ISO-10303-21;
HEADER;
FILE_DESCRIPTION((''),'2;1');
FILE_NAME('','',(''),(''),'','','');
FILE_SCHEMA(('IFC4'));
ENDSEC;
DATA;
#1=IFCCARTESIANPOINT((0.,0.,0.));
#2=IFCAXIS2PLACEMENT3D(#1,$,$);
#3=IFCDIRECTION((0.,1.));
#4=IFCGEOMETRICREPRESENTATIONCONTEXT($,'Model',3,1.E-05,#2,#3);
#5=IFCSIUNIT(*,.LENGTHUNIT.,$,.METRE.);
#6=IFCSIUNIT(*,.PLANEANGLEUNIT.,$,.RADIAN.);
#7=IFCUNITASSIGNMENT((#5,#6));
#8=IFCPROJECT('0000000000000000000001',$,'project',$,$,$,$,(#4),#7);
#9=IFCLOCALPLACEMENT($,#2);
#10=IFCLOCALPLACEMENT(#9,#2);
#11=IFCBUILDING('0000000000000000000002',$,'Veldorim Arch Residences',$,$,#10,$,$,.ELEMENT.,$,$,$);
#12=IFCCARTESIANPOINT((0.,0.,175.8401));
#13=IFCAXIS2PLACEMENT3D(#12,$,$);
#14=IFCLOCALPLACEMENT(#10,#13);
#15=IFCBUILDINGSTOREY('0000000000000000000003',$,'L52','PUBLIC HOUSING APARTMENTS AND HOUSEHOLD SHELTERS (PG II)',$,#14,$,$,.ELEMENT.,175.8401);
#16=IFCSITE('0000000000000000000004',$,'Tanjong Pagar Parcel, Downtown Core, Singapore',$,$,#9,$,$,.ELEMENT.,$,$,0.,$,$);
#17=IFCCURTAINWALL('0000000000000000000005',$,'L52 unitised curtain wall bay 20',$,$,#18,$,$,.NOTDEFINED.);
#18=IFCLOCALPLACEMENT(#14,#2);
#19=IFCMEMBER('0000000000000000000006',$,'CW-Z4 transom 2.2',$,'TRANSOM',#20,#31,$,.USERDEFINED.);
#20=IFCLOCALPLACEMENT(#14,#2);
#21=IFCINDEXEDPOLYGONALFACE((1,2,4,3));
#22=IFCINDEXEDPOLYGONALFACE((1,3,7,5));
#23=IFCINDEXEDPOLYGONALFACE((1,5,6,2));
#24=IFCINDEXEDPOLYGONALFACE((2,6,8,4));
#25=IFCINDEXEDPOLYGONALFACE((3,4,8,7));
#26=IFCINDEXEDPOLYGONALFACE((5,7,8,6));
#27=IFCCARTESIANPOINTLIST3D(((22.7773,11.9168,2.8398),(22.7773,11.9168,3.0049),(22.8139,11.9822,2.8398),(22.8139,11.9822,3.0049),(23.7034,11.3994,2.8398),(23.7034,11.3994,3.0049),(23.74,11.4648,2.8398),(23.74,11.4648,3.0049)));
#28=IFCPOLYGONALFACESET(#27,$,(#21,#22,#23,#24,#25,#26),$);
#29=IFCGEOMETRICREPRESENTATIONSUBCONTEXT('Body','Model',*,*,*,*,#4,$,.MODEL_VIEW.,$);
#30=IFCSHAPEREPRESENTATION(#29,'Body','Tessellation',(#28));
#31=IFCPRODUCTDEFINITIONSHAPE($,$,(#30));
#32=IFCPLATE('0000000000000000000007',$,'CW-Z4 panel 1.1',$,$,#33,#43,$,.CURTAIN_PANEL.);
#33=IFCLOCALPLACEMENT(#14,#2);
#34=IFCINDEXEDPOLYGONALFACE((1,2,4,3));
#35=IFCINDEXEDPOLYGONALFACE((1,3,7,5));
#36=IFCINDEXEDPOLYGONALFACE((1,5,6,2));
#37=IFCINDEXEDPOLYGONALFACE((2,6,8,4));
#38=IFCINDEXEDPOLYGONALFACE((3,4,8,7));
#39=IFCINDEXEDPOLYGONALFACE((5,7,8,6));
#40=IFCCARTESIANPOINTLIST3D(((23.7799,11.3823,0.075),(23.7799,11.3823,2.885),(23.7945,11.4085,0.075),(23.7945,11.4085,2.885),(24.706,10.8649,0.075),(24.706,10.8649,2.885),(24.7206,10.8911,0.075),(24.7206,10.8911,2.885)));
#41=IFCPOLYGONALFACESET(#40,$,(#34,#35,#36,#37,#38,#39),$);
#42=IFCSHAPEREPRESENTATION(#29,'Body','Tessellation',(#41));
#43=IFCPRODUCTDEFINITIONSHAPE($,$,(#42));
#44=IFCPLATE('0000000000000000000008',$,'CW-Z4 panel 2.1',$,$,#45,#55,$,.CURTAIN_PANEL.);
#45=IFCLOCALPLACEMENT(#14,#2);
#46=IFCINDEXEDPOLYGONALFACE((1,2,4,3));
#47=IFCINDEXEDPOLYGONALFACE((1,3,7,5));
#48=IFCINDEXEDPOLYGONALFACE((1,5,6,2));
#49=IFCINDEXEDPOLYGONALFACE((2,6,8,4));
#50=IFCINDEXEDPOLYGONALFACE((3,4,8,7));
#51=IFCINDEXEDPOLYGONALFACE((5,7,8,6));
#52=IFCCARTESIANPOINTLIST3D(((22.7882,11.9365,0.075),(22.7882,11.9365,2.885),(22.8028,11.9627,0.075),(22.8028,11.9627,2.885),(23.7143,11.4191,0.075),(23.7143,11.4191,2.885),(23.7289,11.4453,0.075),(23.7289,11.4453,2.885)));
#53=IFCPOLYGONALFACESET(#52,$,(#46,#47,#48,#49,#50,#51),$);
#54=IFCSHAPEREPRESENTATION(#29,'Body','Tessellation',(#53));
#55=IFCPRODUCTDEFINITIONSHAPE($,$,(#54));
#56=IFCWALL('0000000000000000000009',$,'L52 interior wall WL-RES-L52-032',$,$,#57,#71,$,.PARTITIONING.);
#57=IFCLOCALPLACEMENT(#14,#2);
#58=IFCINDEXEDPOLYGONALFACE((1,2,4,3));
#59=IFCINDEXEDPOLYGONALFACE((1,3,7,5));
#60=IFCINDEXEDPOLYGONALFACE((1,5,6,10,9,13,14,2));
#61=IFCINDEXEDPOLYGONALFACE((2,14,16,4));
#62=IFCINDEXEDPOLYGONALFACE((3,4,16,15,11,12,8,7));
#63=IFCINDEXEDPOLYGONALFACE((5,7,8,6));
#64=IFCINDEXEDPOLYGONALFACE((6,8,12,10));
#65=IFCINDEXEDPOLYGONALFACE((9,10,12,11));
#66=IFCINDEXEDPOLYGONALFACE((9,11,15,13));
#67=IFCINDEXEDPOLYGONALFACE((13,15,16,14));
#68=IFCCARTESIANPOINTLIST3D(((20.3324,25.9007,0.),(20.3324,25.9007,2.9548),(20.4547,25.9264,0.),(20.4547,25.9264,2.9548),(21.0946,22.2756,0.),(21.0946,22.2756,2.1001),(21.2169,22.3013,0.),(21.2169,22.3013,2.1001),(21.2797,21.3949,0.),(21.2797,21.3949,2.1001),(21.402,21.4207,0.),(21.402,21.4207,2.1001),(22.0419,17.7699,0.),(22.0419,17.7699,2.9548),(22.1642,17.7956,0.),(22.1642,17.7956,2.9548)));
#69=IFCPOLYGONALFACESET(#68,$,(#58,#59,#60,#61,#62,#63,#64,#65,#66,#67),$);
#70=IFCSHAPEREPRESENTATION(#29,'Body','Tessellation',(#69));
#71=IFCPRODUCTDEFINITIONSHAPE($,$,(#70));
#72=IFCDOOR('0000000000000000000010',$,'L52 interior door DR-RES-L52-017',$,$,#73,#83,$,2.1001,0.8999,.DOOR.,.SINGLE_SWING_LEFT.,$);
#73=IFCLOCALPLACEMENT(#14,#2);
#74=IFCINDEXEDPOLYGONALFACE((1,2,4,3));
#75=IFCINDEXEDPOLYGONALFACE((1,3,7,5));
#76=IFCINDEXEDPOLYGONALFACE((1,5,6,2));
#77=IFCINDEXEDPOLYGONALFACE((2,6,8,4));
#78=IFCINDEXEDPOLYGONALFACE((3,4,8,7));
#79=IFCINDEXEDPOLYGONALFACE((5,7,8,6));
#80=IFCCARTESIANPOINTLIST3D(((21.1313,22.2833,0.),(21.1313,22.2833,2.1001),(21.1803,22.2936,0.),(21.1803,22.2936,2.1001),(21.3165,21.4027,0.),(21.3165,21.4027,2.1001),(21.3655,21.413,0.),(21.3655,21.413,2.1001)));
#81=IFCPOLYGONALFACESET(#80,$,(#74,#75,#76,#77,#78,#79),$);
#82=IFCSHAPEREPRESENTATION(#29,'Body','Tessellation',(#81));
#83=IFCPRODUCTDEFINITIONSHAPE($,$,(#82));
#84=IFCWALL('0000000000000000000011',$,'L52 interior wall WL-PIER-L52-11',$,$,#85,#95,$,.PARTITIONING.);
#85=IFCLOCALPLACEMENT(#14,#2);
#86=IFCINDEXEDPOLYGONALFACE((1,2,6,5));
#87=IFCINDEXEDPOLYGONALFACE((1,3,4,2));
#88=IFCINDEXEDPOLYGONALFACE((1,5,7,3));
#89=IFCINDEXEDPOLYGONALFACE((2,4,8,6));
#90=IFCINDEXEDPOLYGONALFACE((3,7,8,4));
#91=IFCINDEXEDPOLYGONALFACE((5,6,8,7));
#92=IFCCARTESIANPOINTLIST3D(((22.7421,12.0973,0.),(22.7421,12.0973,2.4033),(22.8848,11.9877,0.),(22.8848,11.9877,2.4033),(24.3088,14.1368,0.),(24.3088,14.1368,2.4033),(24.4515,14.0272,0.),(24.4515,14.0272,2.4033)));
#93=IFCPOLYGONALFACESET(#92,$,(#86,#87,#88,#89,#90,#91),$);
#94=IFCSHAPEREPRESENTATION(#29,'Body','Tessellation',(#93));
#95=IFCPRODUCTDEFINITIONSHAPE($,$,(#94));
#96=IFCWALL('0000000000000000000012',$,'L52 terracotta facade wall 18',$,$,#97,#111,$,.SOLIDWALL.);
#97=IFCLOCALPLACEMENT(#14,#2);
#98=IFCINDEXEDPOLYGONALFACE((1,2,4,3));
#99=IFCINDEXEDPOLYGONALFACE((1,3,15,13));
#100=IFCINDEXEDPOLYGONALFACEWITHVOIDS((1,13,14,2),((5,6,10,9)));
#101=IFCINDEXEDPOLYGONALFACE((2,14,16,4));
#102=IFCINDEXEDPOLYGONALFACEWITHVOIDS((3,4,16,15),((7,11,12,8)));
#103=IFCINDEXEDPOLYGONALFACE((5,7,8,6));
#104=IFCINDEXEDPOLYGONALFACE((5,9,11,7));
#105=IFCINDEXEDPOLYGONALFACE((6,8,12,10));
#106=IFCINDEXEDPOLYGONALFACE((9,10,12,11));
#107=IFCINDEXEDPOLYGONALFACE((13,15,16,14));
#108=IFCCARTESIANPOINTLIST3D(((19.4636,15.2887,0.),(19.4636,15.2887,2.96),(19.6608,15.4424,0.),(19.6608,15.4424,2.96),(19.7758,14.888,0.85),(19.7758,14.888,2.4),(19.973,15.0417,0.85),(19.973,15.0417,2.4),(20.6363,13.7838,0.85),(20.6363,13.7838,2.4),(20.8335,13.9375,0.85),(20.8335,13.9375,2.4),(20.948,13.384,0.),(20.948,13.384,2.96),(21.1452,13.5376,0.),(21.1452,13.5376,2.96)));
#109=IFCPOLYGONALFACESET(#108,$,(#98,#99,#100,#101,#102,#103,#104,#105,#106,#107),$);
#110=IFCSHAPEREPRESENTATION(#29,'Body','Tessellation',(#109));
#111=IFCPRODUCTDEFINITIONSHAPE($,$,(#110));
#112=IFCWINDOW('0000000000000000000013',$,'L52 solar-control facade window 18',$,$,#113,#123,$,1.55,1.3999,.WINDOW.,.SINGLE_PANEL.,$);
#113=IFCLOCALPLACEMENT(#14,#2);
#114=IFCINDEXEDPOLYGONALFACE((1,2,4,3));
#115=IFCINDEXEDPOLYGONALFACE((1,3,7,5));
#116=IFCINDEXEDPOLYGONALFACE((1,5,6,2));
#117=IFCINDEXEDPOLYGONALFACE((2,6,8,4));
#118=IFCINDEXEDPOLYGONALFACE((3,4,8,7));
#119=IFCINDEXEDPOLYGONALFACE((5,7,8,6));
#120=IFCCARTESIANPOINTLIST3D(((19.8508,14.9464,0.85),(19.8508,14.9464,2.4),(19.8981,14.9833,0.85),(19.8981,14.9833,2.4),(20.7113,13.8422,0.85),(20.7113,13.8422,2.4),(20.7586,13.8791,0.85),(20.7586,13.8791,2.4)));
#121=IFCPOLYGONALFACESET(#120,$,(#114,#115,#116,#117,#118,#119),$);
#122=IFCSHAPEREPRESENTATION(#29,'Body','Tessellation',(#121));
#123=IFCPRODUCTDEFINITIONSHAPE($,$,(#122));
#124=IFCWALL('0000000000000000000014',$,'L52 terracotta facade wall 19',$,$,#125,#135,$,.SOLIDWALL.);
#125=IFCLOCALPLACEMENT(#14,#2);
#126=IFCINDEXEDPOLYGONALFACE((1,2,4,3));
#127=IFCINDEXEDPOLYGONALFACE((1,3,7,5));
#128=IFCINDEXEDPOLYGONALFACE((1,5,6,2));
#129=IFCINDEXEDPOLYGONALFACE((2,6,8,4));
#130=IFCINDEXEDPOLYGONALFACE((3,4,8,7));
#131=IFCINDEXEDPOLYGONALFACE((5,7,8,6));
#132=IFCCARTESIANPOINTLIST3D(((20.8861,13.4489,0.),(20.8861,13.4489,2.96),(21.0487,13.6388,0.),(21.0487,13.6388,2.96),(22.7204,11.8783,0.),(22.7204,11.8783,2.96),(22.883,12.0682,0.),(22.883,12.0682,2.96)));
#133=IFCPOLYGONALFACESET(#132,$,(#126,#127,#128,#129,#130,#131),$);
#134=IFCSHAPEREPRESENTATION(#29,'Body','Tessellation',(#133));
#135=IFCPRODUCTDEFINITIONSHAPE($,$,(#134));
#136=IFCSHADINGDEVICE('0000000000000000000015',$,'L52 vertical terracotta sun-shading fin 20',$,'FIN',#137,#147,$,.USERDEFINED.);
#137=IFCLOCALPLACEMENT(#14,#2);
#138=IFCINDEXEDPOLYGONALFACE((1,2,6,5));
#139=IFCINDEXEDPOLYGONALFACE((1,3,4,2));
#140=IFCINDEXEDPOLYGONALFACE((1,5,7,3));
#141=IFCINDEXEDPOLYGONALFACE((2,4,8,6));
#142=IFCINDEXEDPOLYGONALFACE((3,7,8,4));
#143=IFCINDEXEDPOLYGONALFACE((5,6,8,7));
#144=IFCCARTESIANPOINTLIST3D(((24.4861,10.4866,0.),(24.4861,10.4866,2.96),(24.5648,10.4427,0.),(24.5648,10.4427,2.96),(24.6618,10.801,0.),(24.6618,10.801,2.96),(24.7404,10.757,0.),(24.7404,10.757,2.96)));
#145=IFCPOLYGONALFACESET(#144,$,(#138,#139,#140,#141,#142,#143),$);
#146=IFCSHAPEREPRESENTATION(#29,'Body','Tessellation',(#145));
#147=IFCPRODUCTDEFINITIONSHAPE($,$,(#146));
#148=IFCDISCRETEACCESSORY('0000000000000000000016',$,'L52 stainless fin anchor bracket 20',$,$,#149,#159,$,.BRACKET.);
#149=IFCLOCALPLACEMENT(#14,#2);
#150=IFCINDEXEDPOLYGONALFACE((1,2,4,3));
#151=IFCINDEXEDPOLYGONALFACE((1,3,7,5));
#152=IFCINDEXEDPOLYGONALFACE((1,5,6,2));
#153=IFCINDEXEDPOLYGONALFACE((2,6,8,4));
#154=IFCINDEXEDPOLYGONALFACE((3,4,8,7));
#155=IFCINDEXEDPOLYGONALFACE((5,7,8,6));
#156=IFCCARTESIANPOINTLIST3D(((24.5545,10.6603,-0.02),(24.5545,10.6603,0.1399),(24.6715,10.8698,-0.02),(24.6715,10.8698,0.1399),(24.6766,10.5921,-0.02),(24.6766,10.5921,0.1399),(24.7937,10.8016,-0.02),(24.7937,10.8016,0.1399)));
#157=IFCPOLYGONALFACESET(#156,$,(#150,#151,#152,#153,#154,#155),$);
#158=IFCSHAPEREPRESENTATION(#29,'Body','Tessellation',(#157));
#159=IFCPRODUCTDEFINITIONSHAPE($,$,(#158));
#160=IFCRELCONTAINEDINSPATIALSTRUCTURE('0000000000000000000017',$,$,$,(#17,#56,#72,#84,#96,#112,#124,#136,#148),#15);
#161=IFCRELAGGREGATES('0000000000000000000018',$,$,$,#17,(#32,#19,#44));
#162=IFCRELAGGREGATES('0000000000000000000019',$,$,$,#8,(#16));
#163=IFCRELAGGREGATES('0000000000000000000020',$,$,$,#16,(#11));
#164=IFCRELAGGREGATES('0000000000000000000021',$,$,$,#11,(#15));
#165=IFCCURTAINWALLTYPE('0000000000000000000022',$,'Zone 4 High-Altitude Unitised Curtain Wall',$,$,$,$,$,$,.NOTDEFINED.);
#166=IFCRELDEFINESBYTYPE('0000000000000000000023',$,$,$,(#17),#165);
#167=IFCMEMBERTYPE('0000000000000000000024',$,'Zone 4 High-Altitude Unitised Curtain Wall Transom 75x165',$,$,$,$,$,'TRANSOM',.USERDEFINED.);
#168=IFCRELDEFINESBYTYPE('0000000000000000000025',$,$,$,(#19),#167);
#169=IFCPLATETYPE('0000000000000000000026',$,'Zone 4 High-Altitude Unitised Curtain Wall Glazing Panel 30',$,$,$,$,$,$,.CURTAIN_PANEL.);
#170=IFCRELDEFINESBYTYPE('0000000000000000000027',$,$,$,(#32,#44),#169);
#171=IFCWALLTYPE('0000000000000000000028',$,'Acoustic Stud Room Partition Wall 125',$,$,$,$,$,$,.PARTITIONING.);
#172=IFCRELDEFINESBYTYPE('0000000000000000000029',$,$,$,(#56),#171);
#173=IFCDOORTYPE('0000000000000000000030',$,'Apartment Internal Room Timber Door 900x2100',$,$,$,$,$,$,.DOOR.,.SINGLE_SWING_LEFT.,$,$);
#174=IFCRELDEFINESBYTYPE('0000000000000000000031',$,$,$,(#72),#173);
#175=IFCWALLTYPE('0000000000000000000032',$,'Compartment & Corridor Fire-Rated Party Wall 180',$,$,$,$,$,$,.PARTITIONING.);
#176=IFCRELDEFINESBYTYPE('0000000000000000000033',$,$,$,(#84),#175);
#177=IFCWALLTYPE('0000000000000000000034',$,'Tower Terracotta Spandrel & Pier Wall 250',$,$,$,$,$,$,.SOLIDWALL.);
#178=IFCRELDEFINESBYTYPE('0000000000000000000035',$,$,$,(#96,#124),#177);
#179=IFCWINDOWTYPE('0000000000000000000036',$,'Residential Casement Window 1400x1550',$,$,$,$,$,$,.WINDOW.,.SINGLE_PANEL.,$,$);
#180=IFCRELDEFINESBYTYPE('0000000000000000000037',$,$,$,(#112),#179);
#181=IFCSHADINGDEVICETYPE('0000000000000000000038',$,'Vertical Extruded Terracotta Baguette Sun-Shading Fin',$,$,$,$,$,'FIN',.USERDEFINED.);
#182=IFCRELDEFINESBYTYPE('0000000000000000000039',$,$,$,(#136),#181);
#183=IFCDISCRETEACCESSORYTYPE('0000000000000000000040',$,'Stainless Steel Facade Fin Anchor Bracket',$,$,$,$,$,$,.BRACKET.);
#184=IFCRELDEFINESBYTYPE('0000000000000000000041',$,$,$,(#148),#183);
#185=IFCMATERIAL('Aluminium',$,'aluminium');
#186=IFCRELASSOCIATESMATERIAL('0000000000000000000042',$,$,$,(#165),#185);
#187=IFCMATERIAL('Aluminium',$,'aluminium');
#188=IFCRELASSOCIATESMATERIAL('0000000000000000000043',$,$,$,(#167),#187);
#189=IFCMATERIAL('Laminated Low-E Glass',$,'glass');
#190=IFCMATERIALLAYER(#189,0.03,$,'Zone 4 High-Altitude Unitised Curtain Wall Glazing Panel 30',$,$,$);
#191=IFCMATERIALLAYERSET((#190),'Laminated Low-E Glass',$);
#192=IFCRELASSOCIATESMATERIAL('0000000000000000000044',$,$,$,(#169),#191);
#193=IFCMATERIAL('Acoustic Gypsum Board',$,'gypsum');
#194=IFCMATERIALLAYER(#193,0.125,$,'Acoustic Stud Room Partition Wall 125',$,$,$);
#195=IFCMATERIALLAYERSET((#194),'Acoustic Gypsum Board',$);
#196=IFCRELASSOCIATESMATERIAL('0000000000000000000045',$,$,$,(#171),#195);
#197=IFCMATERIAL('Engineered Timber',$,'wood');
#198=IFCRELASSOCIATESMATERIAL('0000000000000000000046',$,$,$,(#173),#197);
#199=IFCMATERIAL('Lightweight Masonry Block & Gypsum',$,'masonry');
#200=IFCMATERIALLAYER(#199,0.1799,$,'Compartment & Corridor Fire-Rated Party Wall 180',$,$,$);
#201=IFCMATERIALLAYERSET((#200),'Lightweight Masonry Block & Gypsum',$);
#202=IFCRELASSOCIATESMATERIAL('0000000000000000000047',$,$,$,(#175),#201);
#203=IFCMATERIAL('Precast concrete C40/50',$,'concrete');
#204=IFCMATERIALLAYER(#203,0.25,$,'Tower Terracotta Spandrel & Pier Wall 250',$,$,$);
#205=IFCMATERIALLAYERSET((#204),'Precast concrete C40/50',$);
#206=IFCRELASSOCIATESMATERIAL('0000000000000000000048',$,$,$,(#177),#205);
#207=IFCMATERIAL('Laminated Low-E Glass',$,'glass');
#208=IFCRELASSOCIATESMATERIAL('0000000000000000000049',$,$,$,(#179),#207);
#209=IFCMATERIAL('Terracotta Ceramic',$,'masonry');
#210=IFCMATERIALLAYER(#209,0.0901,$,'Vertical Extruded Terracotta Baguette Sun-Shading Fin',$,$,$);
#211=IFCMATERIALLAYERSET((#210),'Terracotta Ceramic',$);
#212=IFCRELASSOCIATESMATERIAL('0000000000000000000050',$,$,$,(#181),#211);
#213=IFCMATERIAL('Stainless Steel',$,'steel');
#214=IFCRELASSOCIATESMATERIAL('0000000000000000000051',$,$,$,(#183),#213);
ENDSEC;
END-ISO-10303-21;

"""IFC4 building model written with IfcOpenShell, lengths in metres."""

from ifc_helpers import new_model, si_unit, direction, frame, frame_2d, origin, origin_2d, place, context, subcontext, project, spatial, rectangle, extrude, material, layer, layer_set, material_profile, profile_set, type_object, element, fill, aggregate, save


model = new_model("IFC4")

# Units and contexts
model_context = context("Model", 3, precision=1e-05, world=origin(), true_north=direction((0.0, 1.0)))
body_context = subcontext(model_context, "Body", "Model", "MODEL_VIEW")
ifc_project = project(units=[si_unit("LENGTHUNIT", "METRE"), si_unit("PLANEANGLEUNIT", "RADIAN")], contexts=[model_context])

# Site, building, storey
site_placement = place(None, origin())
site = spatial("IfcSite", under=ifc_project, at=site_placement, Name="Tanjong Pagar Parcel, Downtown Core, Singapore", CompositionType="ELEMENT", RefElevation=0.0)
building_placement = place(site_placement, origin())
building = spatial("IfcBuilding", under=site, at=building_placement, Name="Veldorim Arch Residences", CompositionType="ELEMENT")
storey_placement = place(building_placement, frame((0.0, 0.0, 175.8401)))
storey = spatial("IfcBuildingStorey", under=building, at=storey_placement, Name="L52", Description="PUBLIC HOUSING APARTMENTS AND HOUSEHOLD SHELTERS (PG II)", CompositionType="ELEMENT", Elevation=175.8401)

# Curtain wall, member, plates
ifc_material_1 = material(Name="Aluminium", Category="aluminium")
curtain_wall_type = type_object("IfcCurtainWallType", Name="Zone 4 High-Altitude Unitised Curtain Wall", PredefinedType="NOTDEFINED", material=ifc_material_1)
curtain_wall_placement = place(storey_placement, origin())
curtain_wall = element("IfcCurtainWall", 1, at=curtain_wall_placement, inside=storey, type_object=curtain_wall_type, Name="L52 unitised curtain wall bay 20", PredefinedType="NOTDEFINED")
ifc_material_2 = material(Name="Aluminium", Category="aluminium")
ifc_material_profile_1 = material_profile(ifc_material_2, rectangle(XDim=0.075, YDim=0.165, at=origin_2d()), Name="ALU_TRN_75x165")
ifc_profile_set_1 = profile_set([ifc_material_profile_1], Name="Aluminium")
member_type_1 = type_object("IfcMemberType", Name="Zone 4 High-Altitude Unitised Curtain Wall Transom 75x165", ElementType="TRANSOM", PredefinedType="USERDEFINED", material=ifc_profile_set_1)
member_1_placement = place(storey_placement, frame((23.7217, 11.4321, 2.9224), z_axis=(-0.873004, 0.487713, 0.0), x_axis=(-0.487713, -0.873004, 0.0)))
member_1 = element("IfcMember", 2, at=member_1_placement, type_object=member_type_1, Name="CW-Z4 transom 2.2", ObjectType="TRANSOM", PredefinedType="USERDEFINED", context=body_context, shape_type="SweptSolid", body=[
    extrude(rectangle(XDim=0.075, YDim=0.165, at=origin_2d()), origin(), (0.0, 0.0, 1.0), 1.0608),
])
ifc_material_3 = material(Name="Laminated Low-E Glass", Category="glass")
ifc_layer_1 = layer(ifc_material_3, 0.03, Name="Zone 4 High-Altitude Unitised Curtain Wall Glazing Panel 30")
ifc_layer_set_1 = layer_set([ifc_layer_1], Name="Laminated Low-E Glass")
plate_type = type_object("IfcPlateType", Name="Zone 4 High-Altitude Unitised Curtain Wall Glazing Panel 30", PredefinedType="CURTAIN_PANEL", material=ifc_layer_set_1)
plate_1_placement = place(storey_placement, frame((24.2502, 11.1367, 0.075), z_axis=(0.0, 0.0, 1.0), x_axis=(-0.872991, 0.487736, 0.0)))
plate_1 = element("IfcPlate", 3, at=plate_1_placement, type_object=plate_type, Name="CW-Z4 panel 1.1", PredefinedType="CURTAIN_PANEL", context=body_context, shape_type="SweptSolid", body=[
    extrude(rectangle(XDim=1.0608, YDim=0.03, at=origin_2d()), origin(), (0.0, 0.0, 1.0), 2.8101),
])
plate_2_placement = place(storey_placement, frame((23.2585, 11.6909, 0.075), z_axis=(0.0, 0.0, 1.0), x_axis=(-0.872991, 0.487736, 0.0)))
plate_2 = element("IfcPlate", 4, at=plate_2_placement, type_object=plate_type, Name="CW-Z4 panel 2.1", PredefinedType="CURTAIN_PANEL", context=body_context, shape_type="SweptSolid", body=[
    extrude(rectangle(XDim=1.0608, YDim=0.03, at=origin_2d()), origin(), (0.0, 0.0, 1.0), 2.8101),
])
aggregate(curtain_wall, [plate_1, member_1, plate_2])

# Wall, opening, door
ifc_material_4 = material(Name="Acoustic Gypsum Board", Category="gypsum")
ifc_layer_2 = layer(ifc_material_4, 0.125, Name="Acoustic Stud Room Partition Wall 125")
ifc_layer_set_2 = layer_set([ifc_layer_2], Name="Acoustic Gypsum Board")
wall_type_1 = type_object("IfcWallType", Name="Acoustic Stud Room Partition Wall 125", PredefinedType="PARTITIONING", material=ifc_layer_set_2)
wall_1_placement = place(storey_placement, frame((22.103, 17.7827, 0.0), z_axis=(0.0, 0.0, 1.0), x_axis=(-0.205747, 0.978605, 0.0)))
wall_1 = element("IfcWall", 5, at=wall_1_placement, inside=storey, type_object=wall_type_1, Name="L52 interior wall WL-RES-L52-032", PredefinedType="PARTITIONING", context=body_context, shape_type="SweptSolid", body=[
    extrude(rectangle(XDim=8.3086, YDim=0.125, at=frame_2d((4.1543, 0.0))), origin(), (0.0, 0.0, 1.0), 2.9548),
])
opening_1_placement = place(wall_1_placement, frame((3.7043, 0.0, 0.0)))
opening_1 = element("IfcOpeningElement", 6, at=opening_1_placement, cuts=wall_1, PredefinedType="OPENING", context=body_context, shape_type="SweptSolid", body=[
    extrude(rectangle(XDim=0.8999, YDim=2.1001, at=frame_2d((0.45, 1.05))), frame((0.0, 0.0725, 0.0), z_axis=(0.0, -1.0, 0.0), x_axis=(1.0, 0.0, 0.0)), (0.0, 0.0, 1.0), 0.145),
])
ifc_material_5 = material(Name="Engineered Timber", Category="wood")
door_type = type_object("IfcDoorType", Name="Apartment Internal Room Timber Door 900x2100", OperationType="SINGLE_SWING_LEFT", PredefinedType="DOOR", material=ifc_material_5)
door_placement = place(opening_1_placement, origin())
door = element("IfcDoor", 7, at=door_placement, inside=storey, type_object=door_type, Name="L52 interior door DR-RES-L52-017", OperationType="SINGLE_SWING_LEFT", OverallHeight=2.1001, OverallWidth=0.8999, PredefinedType="DOOR", context=body_context, shape_type="SweptSolid", body=[
    extrude(rectangle(XDim=0.8999, YDim=2.1001, at=frame_2d((0.45, 1.05))), frame((0.0, 0.0249, 0.0), z_axis=(0.0, -1.0, 0.0), x_axis=(1.0, 0.0, 0.0)), (0.0, 0.0, 1.0), 0.05),
])
fill(opening_1, door)

# Wall
ifc_material_6 = material(Name="Lightweight Masonry Block & Gypsum", Category="masonry")
ifc_layer_3 = layer(ifc_material_6, 0.1799, Name="Compartment & Corridor Fire-Rated Party Wall 180")
ifc_layer_set_3 = layer_set([ifc_layer_3], Name="Lightweight Masonry Block & Gypsum")
wall_type_2 = type_object("IfcWallType", Name="Compartment & Corridor Fire-Rated Party Wall 180", PredefinedType="PARTITIONING", material=ifc_layer_set_3)
wall_2_placement = place(storey_placement, frame((24.3801, 14.082, 0.0), z_axis=(0.0, 0.0, 1.0), x_axis=(-0.609165, -0.793044, 0.0)))
element("IfcWall", 8, at=wall_2_placement, inside=storey, type_object=wall_type_2, Name="L52 interior wall WL-PIER-L52-11", PredefinedType="PARTITIONING", context=body_context, shape_type="SweptSolid", body=[
    extrude(rectangle(XDim=2.5718, YDim=0.1799, at=frame_2d((1.2859, 0.0))), origin(), (0.0, 0.0, 1.0), 2.4033),
])

# Wall, opening, window
ifc_material_7 = material(Name="Precast concrete C40/50", Category="concrete")
ifc_layer_4 = layer(ifc_material_7, 0.25, Name="Tower Terracotta Spandrel & Pier Wall 250")
ifc_layer_set_4 = layer_set([ifc_layer_4], Name="Precast concrete C40/50")
wall_type_3 = type_object("IfcWallType", Name="Tower Terracotta Spandrel & Pier Wall 250", PredefinedType="SOLIDWALL", material=ifc_layer_set_4)
wall_3_placement = place(storey_placement, frame((21.0466, 13.4607, 0.0), z_axis=(0.0, 0.0, 1.0), x_axis=(-0.614682, 0.788775, 0.0)))
wall_3 = element("IfcWall", 9, at=wall_3_placement, inside=storey, type_object=wall_type_3, Name="L52 terracotta facade wall 18", PredefinedType="SOLIDWALL", context=body_context, shape_type="SweptSolid", body=[
    extrude(rectangle(XDim=2.4148, YDim=0.25, at=frame_2d((1.2075, 0.0))), origin(), (0.0, 0.0, 1.0), 2.96),
])
opening_2_placement = place(wall_3_placement, frame((0.5071, 0.0, 0.8501)))
opening_2 = element("IfcOpeningElement", 10, at=opening_2_placement, cuts=wall_3, PredefinedType="OPENING", context=body_context, shape_type="SweptSolid", body=[
    extrude(rectangle(XDim=1.3999, YDim=1.55, at=frame_2d((0.7, 0.7749))), frame((0.0, 0.135, 0.0), z_axis=(0.0, -1.0, 0.0), x_axis=(1.0, 0.0, 0.0)), (0.0, 0.0, 1.0), 0.27),
])
ifc_material_8 = material(Name="Laminated Low-E Glass", Category="glass")
window_type = type_object("IfcWindowType", Name="Residential Casement Window 1400x1550", PartitioningType="SINGLE_PANEL", PredefinedType="WINDOW", material=ifc_material_8)
window_placement = place(opening_2_placement, origin())
window = element("IfcWindow", 11, at=window_placement, inside=storey, type_object=window_type, Name="L52 solar-control facade window 18", OverallHeight=1.55, OverallWidth=1.3999, PartitioningType="SINGLE_PANEL", PredefinedType="WINDOW", context=body_context, shape_type="SweptSolid", body=[
    extrude(rectangle(XDim=1.3999, YDim=1.55, at=frame_2d((0.7, 0.7749))), frame((0.0, 0.03, 0.0), z_axis=(0.0, -1.0, 0.0), x_axis=(1.0, 0.0, 0.0)), (0.0, 0.0, 1.0), 0.0601),
])
fill(opening_2, window)

# Wall
wall_4_placement = place(storey_placement, frame((22.8018, 11.9731, 0.0), z_axis=(0.0, 0.0, 1.0), x_axis=(-0.759592, 0.6504, 0.0)))
element("IfcWall", 12, at=wall_4_placement, inside=storey, type_object=wall_type_3, Name="L52 terracotta facade wall 19", PredefinedType="SOLIDWALL", context=body_context, shape_type="SweptSolid", body=[
    extrude(rectangle(XDim=2.4148, YDim=0.25, at=frame_2d((1.2075, 0.0))), origin(), (0.0, 0.0, 1.0), 2.96),
])

# Shading device
ifc_material_9 = material(Name="Terracotta Ceramic", Category="masonry")
ifc_layer_5 = layer(ifc_material_9, 0.0901, Name="Vertical Extruded Terracotta Baguette Sun-Shading Fin")
ifc_layer_set_5 = layer_set([ifc_layer_5], Name="Terracotta Ceramic")
shading_device_type = type_object("IfcShadingDeviceType", Name="Vertical Extruded Terracotta Baguette Sun-Shading Fin", ElementType="FIN", PredefinedType="USERDEFINED", material=ifc_layer_set_5)
shading_device_placement = place(storey_placement, frame((24.6133, 10.6218, 0.0), z_axis=(0.0, 0.0, 1.0), x_axis=(-0.873007, 0.487707, 0.0)))
element("IfcShadingDevice", 13, at=shading_device_placement, inside=storey, type_object=shading_device_type, Name="L52 vertical terracotta sun-shading fin 20", ObjectType="FIN", PredefinedType="USERDEFINED", context=body_context, shape_type="SweptSolid", body=[
    extrude(rectangle(XDim=0.0901, YDim=0.3601, at=origin_2d()), origin(), (0.0, 0.0, 1.0), 2.96),
])

# Discrete accessory
ifc_material_10 = material(Name="Stainless Steel", Category="steel")
discrete_accessory_type = type_object("IfcDiscreteAccessoryType", Name="Stainless Steel Facade Fin Anchor Bracket", PredefinedType="BRACKET", material=ifc_material_10)
discrete_accessory_placement = place(storey_placement, frame((24.6741, 10.731, -0.02), z_axis=(0.0, 0.0, 1.0), x_axis=(-0.873007, 0.487707, 0.0)))
element("IfcDiscreteAccessory", 14, at=discrete_accessory_placement, inside=storey, type_object=discrete_accessory_type, Name="L52 stainless fin anchor bracket 20", PredefinedType="BRACKET", context=body_context, shape_type="SweptSolid", body=[
    extrude(rectangle(XDim=0.1399, YDim=0.24, at=origin_2d()), origin(), (0.0, 0.0, 1.0), 0.1599),
])

save(model, "model.ifc")
